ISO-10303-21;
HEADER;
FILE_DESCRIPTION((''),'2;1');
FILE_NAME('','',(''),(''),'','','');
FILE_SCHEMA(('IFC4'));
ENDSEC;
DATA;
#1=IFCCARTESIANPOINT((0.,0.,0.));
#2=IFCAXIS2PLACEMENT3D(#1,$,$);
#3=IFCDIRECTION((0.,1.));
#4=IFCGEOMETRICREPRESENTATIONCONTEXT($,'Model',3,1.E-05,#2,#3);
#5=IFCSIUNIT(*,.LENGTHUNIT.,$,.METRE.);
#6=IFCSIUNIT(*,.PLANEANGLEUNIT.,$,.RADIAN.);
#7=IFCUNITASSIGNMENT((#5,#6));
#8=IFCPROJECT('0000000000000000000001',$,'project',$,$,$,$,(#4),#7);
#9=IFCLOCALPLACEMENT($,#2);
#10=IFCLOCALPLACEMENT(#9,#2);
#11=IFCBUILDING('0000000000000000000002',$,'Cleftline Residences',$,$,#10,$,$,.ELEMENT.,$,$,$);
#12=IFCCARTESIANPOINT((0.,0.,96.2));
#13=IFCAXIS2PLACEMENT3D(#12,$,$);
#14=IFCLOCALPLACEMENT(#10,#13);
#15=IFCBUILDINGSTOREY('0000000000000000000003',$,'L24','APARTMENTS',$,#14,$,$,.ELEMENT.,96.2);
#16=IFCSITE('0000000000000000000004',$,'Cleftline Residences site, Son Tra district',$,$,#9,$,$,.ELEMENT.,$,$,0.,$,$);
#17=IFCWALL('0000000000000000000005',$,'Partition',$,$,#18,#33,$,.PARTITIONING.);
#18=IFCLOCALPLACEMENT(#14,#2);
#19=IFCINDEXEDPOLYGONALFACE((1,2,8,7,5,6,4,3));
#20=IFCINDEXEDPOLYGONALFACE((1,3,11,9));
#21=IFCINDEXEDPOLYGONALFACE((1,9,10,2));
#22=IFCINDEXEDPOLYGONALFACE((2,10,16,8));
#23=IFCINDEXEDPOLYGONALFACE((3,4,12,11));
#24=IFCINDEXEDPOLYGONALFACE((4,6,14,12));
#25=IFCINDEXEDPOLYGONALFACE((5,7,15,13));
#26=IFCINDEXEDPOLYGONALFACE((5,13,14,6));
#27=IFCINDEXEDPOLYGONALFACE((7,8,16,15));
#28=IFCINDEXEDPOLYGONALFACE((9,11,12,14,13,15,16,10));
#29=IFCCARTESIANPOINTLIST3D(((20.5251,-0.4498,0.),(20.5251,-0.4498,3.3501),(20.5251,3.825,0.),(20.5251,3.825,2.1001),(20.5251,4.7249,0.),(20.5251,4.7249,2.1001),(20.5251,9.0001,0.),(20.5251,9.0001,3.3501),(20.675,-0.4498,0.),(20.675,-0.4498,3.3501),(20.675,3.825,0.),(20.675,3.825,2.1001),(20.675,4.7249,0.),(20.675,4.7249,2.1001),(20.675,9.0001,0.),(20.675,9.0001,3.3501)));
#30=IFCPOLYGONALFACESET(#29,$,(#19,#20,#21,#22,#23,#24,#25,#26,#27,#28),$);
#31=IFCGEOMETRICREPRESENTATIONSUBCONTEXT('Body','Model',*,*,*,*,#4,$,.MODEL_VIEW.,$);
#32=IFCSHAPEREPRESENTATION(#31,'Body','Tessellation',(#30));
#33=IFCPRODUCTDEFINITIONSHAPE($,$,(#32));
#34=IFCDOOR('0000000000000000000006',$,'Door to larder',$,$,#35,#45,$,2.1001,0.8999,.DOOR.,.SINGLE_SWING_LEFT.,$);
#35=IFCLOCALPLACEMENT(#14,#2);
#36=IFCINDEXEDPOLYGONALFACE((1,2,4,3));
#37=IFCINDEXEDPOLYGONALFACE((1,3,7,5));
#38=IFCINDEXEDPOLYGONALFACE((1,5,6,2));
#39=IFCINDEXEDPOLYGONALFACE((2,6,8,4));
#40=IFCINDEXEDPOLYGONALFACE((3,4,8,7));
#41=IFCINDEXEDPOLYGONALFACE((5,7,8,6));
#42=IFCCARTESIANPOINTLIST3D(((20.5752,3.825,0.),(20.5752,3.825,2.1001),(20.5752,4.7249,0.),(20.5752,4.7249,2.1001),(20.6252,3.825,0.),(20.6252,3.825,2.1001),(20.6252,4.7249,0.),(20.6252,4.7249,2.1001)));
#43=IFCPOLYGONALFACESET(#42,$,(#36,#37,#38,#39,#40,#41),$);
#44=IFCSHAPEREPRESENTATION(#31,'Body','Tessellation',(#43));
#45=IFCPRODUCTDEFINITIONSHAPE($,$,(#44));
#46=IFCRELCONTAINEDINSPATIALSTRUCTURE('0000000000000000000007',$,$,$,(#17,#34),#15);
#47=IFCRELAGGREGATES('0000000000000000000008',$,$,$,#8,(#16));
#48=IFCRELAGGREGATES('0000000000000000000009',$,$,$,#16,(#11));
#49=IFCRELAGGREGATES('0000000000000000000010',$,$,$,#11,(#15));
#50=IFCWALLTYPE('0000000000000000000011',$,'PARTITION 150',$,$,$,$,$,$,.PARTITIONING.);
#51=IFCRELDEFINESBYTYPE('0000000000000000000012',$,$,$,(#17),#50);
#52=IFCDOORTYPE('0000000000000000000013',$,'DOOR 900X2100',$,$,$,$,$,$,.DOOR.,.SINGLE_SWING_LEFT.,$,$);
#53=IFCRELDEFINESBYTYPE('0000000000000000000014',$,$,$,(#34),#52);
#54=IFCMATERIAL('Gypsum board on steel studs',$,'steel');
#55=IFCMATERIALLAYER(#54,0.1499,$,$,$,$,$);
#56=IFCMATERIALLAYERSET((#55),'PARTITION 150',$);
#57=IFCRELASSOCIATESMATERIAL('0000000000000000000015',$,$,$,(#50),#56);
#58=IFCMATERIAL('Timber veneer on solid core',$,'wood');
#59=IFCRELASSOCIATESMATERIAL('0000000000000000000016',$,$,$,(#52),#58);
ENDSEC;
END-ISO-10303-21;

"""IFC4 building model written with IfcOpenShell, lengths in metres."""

from ifc_helpers import new_model, si_unit, direction, frame, frame_2d, origin, place, context, subcontext, project, spatial, rectangle, extrude, material, layer, layer_set, type_object, element, fill, save


model = new_model("IFC4")

# Units and contexts
model_context = context("Model", 3, precision=1e-05, world=origin(), true_north=direction((0.0, 1.0)))
body_context = subcontext(model_context, "Body", "Model", "MODEL_VIEW")
ifc_project = project(units=[si_unit("LENGTHUNIT", "METRE"), si_unit("PLANEANGLEUNIT", "RADIAN")], contexts=[model_context])

# Site, building, storey
site_placement = place(None, origin())
site = spatial("IfcSite", under=ifc_project, at=site_placement, Name="Cleftline Residences site, Son Tra district", CompositionType="ELEMENT", RefElevation=0.0)
building_placement = place(site_placement, origin())
building = spatial("IfcBuilding", under=site, at=building_placement, Name="Cleftline Residences", CompositionType="ELEMENT")
storey_placement = place(building_placement, frame((0.0, 0.0, 96.2)))
storey = spatial("IfcBuildingStorey", under=building, at=storey_placement, Name="L24", Description="APARTMENTS", CompositionType="ELEMENT", Elevation=96.2)

# Shared definitions
ifc_material_1 = material(Name="Gypsum board on steel studs", Category="steel")
ifc_layer_1 = layer(ifc_material_1, 0.1499)
ifc_layer_set_1 = layer_set([ifc_layer_1], Name="PARTITION 150")
wall_type = type_object("IfcWallType", Name="PARTITION 150", PredefinedType="PARTITIONING", material=ifc_layer_set_1)

# Wall, opening, door
wall_1_placement = place(storey_placement, frame((20.6001, -0.45, 0.0), z_axis=(0.0, 0.0, 1.0), x_axis=(0.0, 1.0, 0.0)))
wall_1 = element("IfcWall", 1, at=wall_1_placement, inside=storey, type_object=wall_type, Name="Partition", PredefinedType="PARTITIONING", context=body_context, shape_type="SweptSolid", body=[
    extrude(rectangle(XDim=9.45, YDim=0.1499, at=frame_2d((4.7251, 0.0))), origin(), (0.0, 0.0, 1.0), 3.3501),
])
opening_1_placement = place(wall_1_placement, frame((4.2749, 0.0, 0.0)))
opening_1 = element("IfcOpeningElement", 2, at=opening_1_placement, cuts=wall_1, PredefinedType="OPENING", context=body_context, shape_type="SweptSolid", body=[
    extrude(rectangle(XDim=0.8999, YDim=2.1001, at=frame_2d((0.45, 1.05))), frame((0.0, 0.085, 0.0), z_axis=(0.0, -1.0, 0.0), x_axis=(1.0, 0.0, 0.0)), (0.0, 0.0, 1.0), 0.1699),
])
ifc_material_2 = material(Name="Timber veneer on solid core", Category="wood")
door_type_1 = type_object("IfcDoorType", Name="DOOR 900X2100", OperationType="SINGLE_SWING_LEFT", PredefinedType="DOOR", material=ifc_material_2)
door_1_placement = place(opening_1_placement, origin())
door_1 = element("IfcDoor", 3, at=door_1_placement, inside=storey, type_object=door_type_1, Name="Door to larder", OperationType="SINGLE_SWING_LEFT", OverallHeight=2.1001, OverallWidth=0.8999, PredefinedType="DOOR", context=body_context, shape_type="SweptSolid", body=[
    extrude(rectangle(XDim=0.8999, YDim=2.1001, at=frame_2d((0.45, 1.05))), frame((0.0, 0.0249, 0.0), z_axis=(0.0, -1.0, 0.0), x_axis=(1.0, 0.0, 0.0)), (0.0, 0.0, 1.0), 0.05),
])
fill(opening_1, door_1)

save(model, "model.ifc")
